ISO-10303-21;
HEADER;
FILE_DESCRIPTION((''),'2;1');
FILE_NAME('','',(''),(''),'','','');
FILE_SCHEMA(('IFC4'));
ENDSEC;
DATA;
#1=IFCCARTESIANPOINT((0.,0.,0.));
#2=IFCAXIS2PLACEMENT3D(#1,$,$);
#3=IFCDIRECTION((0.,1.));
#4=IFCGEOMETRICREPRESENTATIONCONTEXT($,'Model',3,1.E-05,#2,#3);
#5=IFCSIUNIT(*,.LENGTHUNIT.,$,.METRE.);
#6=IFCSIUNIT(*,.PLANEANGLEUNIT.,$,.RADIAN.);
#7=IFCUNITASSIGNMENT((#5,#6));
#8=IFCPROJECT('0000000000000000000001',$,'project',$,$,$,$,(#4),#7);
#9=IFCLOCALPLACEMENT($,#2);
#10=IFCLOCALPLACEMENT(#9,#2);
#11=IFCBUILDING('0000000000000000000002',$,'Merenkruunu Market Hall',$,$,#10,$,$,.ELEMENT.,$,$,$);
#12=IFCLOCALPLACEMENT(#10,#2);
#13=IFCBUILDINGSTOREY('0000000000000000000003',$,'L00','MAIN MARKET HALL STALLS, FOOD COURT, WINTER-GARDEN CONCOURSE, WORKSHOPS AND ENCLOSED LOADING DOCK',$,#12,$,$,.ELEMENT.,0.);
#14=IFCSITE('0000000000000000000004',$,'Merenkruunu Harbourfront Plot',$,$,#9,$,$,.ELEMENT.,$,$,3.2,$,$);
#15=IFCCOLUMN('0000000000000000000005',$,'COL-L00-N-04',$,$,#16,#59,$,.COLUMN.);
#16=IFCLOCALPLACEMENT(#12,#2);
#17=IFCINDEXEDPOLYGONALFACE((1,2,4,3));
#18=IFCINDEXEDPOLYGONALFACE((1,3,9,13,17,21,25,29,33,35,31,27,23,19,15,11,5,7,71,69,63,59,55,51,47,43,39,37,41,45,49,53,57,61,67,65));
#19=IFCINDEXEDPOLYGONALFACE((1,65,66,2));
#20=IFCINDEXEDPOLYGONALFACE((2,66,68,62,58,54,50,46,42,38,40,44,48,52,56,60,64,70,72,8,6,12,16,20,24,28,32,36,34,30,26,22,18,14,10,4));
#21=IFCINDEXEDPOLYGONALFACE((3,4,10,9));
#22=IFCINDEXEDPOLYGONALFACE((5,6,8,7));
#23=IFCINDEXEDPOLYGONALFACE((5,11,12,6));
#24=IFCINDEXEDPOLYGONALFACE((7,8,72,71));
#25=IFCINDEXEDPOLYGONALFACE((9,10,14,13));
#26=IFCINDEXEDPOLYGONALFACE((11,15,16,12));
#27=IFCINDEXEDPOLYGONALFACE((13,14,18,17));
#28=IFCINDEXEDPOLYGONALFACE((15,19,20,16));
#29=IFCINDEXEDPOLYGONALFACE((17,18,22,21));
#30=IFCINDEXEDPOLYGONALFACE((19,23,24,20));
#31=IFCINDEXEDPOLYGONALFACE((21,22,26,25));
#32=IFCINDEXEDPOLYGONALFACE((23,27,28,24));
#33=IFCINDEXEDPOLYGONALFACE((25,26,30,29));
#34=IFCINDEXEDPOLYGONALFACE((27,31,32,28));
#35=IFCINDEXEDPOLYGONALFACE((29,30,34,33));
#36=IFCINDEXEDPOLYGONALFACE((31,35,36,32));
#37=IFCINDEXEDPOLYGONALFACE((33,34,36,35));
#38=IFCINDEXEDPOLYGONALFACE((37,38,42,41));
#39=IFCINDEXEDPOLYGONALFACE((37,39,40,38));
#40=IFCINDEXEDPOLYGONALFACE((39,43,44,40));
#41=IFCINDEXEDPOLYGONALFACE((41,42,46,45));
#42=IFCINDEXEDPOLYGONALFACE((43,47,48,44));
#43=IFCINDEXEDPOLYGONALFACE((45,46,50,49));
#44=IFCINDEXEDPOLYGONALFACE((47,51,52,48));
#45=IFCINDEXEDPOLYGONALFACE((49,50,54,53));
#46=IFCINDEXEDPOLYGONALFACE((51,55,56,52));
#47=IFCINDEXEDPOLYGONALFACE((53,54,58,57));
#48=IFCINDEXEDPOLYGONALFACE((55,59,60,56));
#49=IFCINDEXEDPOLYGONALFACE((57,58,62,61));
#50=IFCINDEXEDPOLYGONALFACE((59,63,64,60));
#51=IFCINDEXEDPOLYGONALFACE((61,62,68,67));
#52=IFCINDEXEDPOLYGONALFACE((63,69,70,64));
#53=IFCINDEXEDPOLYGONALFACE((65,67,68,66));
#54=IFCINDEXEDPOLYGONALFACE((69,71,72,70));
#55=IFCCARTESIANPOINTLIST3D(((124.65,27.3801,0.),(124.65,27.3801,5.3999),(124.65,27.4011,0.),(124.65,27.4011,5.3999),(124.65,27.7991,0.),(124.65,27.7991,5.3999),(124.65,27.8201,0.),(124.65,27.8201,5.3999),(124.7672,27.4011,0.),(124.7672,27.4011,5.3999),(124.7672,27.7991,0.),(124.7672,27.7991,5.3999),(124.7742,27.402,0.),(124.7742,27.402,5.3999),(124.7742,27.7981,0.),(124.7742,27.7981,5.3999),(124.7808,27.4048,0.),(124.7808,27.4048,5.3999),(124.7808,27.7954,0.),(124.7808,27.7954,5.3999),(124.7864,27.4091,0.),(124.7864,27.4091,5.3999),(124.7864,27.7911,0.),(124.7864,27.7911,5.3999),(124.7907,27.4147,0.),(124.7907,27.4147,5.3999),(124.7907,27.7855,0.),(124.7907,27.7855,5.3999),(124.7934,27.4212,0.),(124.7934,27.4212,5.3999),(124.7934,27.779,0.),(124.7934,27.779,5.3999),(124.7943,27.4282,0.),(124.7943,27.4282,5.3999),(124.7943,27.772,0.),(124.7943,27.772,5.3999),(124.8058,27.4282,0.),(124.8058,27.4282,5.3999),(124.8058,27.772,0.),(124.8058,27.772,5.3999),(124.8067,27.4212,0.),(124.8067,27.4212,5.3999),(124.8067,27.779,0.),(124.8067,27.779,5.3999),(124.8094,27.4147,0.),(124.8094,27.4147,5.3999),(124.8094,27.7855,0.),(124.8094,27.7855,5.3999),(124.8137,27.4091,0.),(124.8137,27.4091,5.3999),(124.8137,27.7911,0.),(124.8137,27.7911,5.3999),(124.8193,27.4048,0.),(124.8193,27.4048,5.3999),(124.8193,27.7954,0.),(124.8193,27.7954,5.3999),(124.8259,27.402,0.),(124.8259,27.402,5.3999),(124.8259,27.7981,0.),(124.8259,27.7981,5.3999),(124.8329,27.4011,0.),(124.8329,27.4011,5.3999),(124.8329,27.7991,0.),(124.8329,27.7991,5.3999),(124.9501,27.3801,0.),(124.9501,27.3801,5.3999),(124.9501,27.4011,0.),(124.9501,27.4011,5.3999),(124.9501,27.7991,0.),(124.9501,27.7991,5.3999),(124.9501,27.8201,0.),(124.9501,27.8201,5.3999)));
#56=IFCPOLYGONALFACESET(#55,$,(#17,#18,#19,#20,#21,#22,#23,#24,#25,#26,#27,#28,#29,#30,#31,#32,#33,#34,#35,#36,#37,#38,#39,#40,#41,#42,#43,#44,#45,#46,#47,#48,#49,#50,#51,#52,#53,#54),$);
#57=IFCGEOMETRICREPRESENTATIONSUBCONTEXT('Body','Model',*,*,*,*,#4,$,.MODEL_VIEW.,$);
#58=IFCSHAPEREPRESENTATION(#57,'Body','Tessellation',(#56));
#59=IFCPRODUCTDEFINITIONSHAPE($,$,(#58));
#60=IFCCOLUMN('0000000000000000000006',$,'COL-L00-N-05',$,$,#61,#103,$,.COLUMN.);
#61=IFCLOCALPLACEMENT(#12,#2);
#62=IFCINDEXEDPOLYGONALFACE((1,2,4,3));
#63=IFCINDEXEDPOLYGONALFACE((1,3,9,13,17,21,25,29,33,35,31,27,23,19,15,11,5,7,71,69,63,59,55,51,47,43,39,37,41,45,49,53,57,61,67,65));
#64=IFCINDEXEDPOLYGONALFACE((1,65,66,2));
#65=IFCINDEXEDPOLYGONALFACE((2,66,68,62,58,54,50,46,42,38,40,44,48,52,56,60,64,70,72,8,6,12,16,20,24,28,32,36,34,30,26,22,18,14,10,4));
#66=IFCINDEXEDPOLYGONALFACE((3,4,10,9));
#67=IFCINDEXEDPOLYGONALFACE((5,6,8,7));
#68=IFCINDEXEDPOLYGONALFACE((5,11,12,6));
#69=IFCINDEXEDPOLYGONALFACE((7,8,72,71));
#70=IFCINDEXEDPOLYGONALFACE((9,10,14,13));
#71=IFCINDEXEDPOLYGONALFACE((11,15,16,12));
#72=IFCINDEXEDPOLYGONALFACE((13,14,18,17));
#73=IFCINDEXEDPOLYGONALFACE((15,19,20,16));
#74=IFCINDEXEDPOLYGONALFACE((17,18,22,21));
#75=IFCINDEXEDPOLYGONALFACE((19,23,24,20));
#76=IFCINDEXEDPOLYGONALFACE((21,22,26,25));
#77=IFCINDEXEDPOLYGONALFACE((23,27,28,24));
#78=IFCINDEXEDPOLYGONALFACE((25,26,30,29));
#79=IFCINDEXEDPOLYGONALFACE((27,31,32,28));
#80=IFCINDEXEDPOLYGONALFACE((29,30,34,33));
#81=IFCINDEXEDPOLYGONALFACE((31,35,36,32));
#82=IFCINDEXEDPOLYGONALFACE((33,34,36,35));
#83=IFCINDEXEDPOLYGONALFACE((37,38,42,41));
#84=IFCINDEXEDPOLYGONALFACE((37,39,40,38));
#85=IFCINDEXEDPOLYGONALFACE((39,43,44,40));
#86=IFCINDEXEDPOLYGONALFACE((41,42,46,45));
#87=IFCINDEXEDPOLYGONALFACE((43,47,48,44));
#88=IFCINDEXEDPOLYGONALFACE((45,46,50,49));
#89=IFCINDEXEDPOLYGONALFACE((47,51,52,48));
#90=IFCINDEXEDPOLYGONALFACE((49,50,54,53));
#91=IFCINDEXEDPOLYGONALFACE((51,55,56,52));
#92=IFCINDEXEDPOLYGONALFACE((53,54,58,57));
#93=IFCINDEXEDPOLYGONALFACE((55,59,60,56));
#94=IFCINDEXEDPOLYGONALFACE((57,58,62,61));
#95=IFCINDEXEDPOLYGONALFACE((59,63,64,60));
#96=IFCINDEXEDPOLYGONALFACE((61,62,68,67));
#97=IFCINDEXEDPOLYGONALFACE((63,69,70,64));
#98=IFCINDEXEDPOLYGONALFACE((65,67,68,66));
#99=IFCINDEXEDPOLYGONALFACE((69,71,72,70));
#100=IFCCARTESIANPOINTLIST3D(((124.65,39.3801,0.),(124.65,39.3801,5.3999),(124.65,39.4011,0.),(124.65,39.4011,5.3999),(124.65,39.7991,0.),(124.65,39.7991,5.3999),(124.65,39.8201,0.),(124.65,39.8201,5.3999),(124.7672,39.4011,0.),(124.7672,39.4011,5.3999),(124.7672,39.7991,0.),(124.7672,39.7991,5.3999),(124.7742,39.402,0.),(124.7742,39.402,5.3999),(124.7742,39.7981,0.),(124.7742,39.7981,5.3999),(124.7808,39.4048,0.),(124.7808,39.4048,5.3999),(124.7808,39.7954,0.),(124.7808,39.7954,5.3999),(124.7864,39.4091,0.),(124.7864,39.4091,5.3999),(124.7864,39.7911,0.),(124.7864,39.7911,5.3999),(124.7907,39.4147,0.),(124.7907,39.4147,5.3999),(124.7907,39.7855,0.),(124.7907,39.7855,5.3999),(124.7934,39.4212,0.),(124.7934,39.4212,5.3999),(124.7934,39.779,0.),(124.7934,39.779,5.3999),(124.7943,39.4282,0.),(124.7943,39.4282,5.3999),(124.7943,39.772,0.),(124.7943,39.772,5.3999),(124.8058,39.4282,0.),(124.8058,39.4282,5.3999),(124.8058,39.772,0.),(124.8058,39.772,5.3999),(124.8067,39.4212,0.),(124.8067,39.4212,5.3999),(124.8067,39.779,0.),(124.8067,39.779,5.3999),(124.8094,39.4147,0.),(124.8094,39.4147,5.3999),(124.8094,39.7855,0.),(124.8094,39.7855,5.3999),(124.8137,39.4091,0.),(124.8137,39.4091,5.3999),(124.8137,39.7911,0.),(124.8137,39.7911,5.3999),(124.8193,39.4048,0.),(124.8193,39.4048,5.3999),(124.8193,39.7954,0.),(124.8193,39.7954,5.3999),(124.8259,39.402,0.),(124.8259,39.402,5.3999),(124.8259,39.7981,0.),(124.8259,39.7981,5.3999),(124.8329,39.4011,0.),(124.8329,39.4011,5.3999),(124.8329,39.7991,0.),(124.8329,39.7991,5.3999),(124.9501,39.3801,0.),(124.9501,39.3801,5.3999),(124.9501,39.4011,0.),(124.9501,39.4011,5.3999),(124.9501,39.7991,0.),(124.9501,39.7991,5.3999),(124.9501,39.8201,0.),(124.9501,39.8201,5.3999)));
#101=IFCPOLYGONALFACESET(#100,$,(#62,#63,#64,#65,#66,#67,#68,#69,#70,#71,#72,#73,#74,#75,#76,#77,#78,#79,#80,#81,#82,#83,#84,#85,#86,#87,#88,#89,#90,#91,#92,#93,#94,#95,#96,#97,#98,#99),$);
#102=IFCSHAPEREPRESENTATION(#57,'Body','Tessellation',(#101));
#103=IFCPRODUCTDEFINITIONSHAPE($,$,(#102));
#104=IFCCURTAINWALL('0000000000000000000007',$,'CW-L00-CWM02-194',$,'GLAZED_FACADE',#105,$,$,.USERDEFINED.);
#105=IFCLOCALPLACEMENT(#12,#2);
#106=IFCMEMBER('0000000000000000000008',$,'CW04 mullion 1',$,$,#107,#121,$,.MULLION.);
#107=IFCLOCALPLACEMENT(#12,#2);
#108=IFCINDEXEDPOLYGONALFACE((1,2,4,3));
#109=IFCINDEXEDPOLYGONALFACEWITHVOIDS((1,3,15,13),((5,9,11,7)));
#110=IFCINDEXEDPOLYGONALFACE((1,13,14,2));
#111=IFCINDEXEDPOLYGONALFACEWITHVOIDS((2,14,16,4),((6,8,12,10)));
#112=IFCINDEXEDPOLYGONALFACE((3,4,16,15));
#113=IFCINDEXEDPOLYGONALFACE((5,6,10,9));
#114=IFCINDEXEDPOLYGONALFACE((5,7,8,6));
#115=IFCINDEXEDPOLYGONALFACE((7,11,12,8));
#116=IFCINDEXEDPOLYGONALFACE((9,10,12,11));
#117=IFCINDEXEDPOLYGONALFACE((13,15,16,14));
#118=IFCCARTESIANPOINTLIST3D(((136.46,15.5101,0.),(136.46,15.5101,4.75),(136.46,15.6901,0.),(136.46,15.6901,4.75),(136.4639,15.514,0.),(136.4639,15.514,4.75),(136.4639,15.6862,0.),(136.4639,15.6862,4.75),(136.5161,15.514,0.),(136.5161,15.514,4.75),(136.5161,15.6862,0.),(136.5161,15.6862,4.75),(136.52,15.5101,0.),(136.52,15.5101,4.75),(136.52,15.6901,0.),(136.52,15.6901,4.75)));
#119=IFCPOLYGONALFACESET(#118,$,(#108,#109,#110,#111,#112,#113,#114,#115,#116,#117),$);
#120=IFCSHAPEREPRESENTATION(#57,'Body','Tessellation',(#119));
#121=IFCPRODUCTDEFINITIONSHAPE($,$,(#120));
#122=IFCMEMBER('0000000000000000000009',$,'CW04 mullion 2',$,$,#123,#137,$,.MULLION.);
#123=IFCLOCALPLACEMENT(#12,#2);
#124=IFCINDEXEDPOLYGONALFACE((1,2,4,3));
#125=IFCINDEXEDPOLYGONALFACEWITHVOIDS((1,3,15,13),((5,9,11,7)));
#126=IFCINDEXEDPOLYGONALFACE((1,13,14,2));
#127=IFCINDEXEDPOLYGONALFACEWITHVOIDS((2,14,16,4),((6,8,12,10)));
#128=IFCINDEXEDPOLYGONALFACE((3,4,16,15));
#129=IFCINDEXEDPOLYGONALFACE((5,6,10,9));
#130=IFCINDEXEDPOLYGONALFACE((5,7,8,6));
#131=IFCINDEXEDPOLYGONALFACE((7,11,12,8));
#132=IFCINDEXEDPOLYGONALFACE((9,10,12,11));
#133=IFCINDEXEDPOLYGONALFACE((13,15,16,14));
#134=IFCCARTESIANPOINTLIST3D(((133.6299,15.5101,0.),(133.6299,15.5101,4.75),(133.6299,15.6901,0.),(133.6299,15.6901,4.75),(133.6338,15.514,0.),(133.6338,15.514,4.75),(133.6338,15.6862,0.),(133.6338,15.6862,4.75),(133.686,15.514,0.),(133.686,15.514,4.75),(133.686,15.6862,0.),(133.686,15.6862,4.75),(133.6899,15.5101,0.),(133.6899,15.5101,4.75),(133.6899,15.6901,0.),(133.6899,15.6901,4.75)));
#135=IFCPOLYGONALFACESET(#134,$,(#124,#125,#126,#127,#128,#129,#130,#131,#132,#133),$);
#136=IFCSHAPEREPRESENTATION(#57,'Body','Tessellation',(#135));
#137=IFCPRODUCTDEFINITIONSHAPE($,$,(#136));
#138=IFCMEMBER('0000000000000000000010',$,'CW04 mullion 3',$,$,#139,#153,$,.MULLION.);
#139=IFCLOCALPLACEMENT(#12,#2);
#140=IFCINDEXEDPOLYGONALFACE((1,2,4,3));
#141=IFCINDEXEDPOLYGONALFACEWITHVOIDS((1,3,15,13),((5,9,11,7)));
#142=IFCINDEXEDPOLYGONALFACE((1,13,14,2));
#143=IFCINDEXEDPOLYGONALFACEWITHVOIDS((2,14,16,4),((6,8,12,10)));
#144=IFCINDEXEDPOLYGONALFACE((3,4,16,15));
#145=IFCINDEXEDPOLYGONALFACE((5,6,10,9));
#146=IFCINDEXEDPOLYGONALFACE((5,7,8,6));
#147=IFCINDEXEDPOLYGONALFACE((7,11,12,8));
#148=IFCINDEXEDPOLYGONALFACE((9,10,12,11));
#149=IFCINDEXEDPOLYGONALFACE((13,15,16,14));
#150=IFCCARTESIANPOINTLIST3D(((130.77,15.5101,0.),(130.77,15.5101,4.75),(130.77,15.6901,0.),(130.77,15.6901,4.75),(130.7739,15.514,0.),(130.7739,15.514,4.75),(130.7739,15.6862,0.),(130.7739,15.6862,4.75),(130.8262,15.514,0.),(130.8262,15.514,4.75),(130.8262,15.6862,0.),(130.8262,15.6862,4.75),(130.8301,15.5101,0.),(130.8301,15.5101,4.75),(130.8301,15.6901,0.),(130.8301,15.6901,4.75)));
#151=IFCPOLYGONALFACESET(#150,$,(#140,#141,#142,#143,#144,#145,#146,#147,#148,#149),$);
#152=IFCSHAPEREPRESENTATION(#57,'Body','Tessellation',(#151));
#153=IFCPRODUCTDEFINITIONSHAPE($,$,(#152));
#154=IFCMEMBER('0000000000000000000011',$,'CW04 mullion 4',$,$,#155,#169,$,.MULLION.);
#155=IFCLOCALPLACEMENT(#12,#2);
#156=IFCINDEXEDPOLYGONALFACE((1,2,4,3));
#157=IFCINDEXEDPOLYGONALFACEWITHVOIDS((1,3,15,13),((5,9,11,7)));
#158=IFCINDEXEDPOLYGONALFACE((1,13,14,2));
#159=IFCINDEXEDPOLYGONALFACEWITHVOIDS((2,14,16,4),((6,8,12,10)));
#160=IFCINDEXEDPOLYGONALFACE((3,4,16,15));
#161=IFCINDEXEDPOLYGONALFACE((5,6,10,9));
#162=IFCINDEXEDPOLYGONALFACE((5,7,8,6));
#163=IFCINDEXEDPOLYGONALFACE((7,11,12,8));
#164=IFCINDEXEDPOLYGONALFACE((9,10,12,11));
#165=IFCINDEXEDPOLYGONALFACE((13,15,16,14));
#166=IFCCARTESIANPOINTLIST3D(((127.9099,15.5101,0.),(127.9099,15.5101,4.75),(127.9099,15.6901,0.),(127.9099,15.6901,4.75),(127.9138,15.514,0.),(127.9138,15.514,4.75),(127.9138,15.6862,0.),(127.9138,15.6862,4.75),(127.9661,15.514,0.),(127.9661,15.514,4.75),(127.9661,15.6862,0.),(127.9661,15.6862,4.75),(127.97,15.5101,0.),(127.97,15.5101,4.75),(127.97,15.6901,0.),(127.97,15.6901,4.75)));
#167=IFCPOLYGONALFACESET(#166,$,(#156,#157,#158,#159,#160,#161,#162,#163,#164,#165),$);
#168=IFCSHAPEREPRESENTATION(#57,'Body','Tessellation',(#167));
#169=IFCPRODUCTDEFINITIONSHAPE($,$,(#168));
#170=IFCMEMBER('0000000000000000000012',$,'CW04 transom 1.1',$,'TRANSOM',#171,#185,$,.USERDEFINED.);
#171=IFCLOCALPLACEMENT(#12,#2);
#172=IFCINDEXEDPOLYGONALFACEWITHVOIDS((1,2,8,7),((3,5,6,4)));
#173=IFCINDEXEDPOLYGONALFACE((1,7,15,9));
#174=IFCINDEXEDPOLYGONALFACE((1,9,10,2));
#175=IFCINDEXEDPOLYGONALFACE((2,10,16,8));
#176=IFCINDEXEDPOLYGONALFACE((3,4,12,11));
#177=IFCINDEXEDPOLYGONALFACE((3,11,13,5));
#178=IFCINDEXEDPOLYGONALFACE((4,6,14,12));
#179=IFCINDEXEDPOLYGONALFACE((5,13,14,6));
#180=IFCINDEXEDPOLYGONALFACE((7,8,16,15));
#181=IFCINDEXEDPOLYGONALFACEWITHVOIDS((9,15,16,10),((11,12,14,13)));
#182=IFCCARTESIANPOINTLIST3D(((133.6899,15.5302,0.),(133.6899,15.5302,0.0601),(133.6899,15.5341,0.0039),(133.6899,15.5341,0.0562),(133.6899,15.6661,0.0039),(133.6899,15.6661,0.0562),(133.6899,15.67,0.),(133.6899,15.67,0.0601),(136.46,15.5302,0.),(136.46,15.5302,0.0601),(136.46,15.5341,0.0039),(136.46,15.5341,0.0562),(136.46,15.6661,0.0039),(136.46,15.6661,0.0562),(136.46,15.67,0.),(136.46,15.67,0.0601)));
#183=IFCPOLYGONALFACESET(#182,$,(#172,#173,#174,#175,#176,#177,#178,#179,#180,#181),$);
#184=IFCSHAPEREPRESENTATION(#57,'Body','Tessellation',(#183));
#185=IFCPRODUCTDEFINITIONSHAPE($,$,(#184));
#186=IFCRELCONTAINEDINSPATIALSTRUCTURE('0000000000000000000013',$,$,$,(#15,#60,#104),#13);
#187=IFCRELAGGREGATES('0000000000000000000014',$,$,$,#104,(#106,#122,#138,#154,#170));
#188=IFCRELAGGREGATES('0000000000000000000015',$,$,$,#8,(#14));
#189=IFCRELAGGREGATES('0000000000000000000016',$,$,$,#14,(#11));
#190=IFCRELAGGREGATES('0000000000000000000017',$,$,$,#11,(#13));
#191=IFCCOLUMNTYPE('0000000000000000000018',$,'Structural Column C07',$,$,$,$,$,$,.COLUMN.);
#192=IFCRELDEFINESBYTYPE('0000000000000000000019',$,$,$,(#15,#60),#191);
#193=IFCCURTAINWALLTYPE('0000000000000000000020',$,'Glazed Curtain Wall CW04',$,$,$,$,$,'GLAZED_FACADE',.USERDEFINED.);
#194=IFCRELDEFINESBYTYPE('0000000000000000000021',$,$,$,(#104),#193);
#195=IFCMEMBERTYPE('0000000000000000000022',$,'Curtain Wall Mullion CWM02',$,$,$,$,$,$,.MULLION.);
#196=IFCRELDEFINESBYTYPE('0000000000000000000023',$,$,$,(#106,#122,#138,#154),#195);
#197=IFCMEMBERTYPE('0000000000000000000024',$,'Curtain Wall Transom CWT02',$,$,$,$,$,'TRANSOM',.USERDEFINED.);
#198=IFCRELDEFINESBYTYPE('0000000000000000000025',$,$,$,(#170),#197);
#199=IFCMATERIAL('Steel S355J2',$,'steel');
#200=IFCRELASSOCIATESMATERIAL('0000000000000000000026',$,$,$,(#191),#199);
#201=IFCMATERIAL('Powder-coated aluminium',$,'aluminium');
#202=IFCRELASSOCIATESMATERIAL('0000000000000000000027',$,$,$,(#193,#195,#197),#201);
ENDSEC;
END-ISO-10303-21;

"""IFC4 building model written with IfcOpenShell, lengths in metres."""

from ifc_helpers import new_model, si_unit, direction, frame, origin, origin_2d, place, context, subcontext, project, spatial, hollow_rectangle, i_section, extrude, material, material_profile, profile_set, type_object, element, aggregate, save


model = new_model("IFC4")

# Units and contexts
model_context = context("Model", 3, precision=1e-05, world=origin(), true_north=direction((0.0, 1.0)))
body_context = subcontext(model_context, "Body", "Model", "MODEL_VIEW")
ifc_project = project(units=[si_unit("LENGTHUNIT", "METRE"), si_unit("PLANEANGLEUNIT", "RADIAN")], contexts=[model_context])

# Site, building, storey
site_placement = place(None, origin())
site = spatial("IfcSite", under=ifc_project, at=site_placement, Name="Merenkruunu Harbourfront Plot", CompositionType="ELEMENT", RefElevation=3.2)
building_placement = place(site_placement, origin())
building = spatial("IfcBuilding", under=site, at=building_placement, Name="Merenkruunu Market Hall", CompositionType="ELEMENT")
storey_placement = place(building_placement, origin())
storey = spatial("IfcBuildingStorey", under=building, at=storey_placement, Name="L00", Description="MAIN MARKET HALL STALLS, FOOD COURT, WINTER-GARDEN CONCOURSE, WORKSHOPS AND ENCLOSED LOADING DOCK", CompositionType="ELEMENT", Elevation=0.0)

# Columns
ifc_material_1 = material(Name="Steel S355J2", Category="steel")
ifc_material_profile_1 = material_profile(ifc_material_1, i_section(OverallWidth=0.3, OverallDepth=0.4399, WebThickness=0.0115, FlangeThickness=0.021, FilletRadius=0.0271, at=origin_2d()), Name="HEA 450")
ifc_profile_set_1 = profile_set([ifc_material_profile_1], Name="Steel S355J2")
column_type = type_object("IfcColumnType", Name="Structural Column C07", PredefinedType="COLUMN", material=ifc_profile_set_1)
for number, where, z_axis, x_axis, name in (
    (1, (124.8, 27.6001, 0.0), (0.0, 0.0, 1.0), (1.0, 0.0, 0.0), "COL-L00-N-04"),
    (2, (124.8, 39.6001, 0.0), (0.0, 0.0, 1.0), (1.0, 0.0, 0.0), "COL-L00-N-05"),
):
    element("IfcColumn", number, at=place(storey_placement, frame(where, z_axis=z_axis, x_axis=x_axis)), inside=storey, type_object=column_type, Name=name, PredefinedType="COLUMN", context=body_context, shape_type="SweptSolid", body=[
        extrude(i_section(OverallWidth=0.3, OverallDepth=0.4399, WebThickness=0.0115, FlangeThickness=0.021, FilletRadius=0.0271, at=origin_2d()), origin(), (0.0, 0.0, 1.0), 5.3999),
    ])

# Curtain wall, members
ifc_material_2 = material(Name="Powder-coated aluminium", Category="aluminium")
curtain_wall_type = type_object("IfcCurtainWallType", Name="Glazed Curtain Wall CW04", ElementType="GLAZED_FACADE", PredefinedType="USERDEFINED", material=ifc_material_2)
curtain_wall_placement = place(storey_placement, origin())
curtain_wall = element("IfcCurtainWall", 3, at=curtain_wall_placement, inside=storey, type_object=curtain_wall_type, Name="CW-L00-CWM02-194", ObjectType="GLAZED_FACADE", PredefinedType="USERDEFINED")
ifc_material_profile_2 = material_profile(ifc_material_2, hollow_rectangle(XDim=0.0601, YDim=0.1799, WallThickness=0.0039, at=origin_2d()), Name="ALU 60x180x4")
ifc_profile_set_2 = profile_set([ifc_material_profile_2], Name="Powder-coated aluminium")
member_type_1 = type_object("IfcMemberType", Name="Curtain Wall Mullion CWM02", PredefinedType="MULLION", material=ifc_profile_set_2)
member_1_placement = place(storey_placement, frame((136.49, 15.6001, 0.0), z_axis=(0.0, 0.0, 1.0), x_axis=(-1.0, 0.0, 0.0)))
member_1 = element("IfcMember", 4, at=member_1_placement, type_object=member_type_1, Name="CW04 mullion 1", PredefinedType="MULLION", context=body_context, shape_type="SweptSolid", body=[
    extrude(hollow_rectangle(XDim=0.0601, YDim=0.1799, WallThickness=0.0039, at=origin_2d()), origin(), (0.0, 0.0, 1.0), 4.75),
])
member_2_placement = place(storey_placement, frame((133.6599, 15.6001, 0.0), z_axis=(0.0, 0.0, 1.0), x_axis=(-1.0, 0.0, 0.0)))
member_2 = element("IfcMember", 5, at=member_2_placement, type_object=member_type_1, Name="CW04 mullion 2", PredefinedType="MULLION", context=body_context, shape_type="SweptSolid", body=[
    extrude(hollow_rectangle(XDim=0.0601, YDim=0.1799, WallThickness=0.0039, at=origin_2d()), origin(), (0.0, 0.0, 1.0), 4.75),
])
member_3_placement = place(storey_placement, frame((130.8, 15.6001, 0.0), z_axis=(0.0, 0.0, 1.0), x_axis=(-1.0, 0.0, 0.0)))
member_3 = element("IfcMember", 6, at=member_3_placement, type_object=member_type_1, Name="CW04 mullion 3", PredefinedType="MULLION", context=body_context, shape_type="SweptSolid", body=[
    extrude(hollow_rectangle(XDim=0.0601, YDim=0.1799, WallThickness=0.0039, at=origin_2d()), origin(), (0.0, 0.0, 1.0), 4.75),
])
member_4_placement = place(storey_placement, frame((127.9399, 15.6001, 0.0), z_axis=(0.0, 0.0, 1.0), x_axis=(-1.0, 0.0, 0.0)))
member_4 = element("IfcMember", 7, at=member_4_placement, type_object=member_type_1, Name="CW04 mullion 4", PredefinedType="MULLION", context=body_context, shape_type="SweptSolid", body=[
    extrude(hollow_rectangle(XDim=0.0601, YDim=0.1799, WallThickness=0.0039, at=origin_2d()), origin(), (0.0, 0.0, 1.0), 4.75),
])
ifc_material_profile_3 = material_profile(ifc_material_2, hollow_rectangle(XDim=0.0601, YDim=0.1399, WallThickness=0.0039, at=origin_2d()), Name="ALU 60x140x4")
ifc_profile_set_3 = profile_set([ifc_material_profile_3], Name="Powder-coated aluminium")
member_type_2 = type_object("IfcMemberType", Name="Curtain Wall Transom CWT02", ElementType="TRANSOM", PredefinedType="USERDEFINED", material=ifc_profile_set_3)
member_5_placement = place(storey_placement, frame((136.46, 15.6001, 0.03), z_axis=(-1.0, 0.0, 0.0), x_axis=(0.0, 0.0, 1.0)))
member_5 = element("IfcMember", 8, at=member_5_placement, type_object=member_type_2, Name="CW04 transom 1.1", ObjectType="TRANSOM", PredefinedType="USERDEFINED", context=body_context, shape_type="SweptSolid", body=[
    extrude(hollow_rectangle(XDim=0.0601, YDim=0.1399, WallThickness=0.0039, at=origin_2d()), origin(), (0.0, 0.0, 1.0), 2.77),
])

aggregate(curtain_wall, [member_1, member_2, member_3, member_4, member_5])

save(model, "model.ifc")
